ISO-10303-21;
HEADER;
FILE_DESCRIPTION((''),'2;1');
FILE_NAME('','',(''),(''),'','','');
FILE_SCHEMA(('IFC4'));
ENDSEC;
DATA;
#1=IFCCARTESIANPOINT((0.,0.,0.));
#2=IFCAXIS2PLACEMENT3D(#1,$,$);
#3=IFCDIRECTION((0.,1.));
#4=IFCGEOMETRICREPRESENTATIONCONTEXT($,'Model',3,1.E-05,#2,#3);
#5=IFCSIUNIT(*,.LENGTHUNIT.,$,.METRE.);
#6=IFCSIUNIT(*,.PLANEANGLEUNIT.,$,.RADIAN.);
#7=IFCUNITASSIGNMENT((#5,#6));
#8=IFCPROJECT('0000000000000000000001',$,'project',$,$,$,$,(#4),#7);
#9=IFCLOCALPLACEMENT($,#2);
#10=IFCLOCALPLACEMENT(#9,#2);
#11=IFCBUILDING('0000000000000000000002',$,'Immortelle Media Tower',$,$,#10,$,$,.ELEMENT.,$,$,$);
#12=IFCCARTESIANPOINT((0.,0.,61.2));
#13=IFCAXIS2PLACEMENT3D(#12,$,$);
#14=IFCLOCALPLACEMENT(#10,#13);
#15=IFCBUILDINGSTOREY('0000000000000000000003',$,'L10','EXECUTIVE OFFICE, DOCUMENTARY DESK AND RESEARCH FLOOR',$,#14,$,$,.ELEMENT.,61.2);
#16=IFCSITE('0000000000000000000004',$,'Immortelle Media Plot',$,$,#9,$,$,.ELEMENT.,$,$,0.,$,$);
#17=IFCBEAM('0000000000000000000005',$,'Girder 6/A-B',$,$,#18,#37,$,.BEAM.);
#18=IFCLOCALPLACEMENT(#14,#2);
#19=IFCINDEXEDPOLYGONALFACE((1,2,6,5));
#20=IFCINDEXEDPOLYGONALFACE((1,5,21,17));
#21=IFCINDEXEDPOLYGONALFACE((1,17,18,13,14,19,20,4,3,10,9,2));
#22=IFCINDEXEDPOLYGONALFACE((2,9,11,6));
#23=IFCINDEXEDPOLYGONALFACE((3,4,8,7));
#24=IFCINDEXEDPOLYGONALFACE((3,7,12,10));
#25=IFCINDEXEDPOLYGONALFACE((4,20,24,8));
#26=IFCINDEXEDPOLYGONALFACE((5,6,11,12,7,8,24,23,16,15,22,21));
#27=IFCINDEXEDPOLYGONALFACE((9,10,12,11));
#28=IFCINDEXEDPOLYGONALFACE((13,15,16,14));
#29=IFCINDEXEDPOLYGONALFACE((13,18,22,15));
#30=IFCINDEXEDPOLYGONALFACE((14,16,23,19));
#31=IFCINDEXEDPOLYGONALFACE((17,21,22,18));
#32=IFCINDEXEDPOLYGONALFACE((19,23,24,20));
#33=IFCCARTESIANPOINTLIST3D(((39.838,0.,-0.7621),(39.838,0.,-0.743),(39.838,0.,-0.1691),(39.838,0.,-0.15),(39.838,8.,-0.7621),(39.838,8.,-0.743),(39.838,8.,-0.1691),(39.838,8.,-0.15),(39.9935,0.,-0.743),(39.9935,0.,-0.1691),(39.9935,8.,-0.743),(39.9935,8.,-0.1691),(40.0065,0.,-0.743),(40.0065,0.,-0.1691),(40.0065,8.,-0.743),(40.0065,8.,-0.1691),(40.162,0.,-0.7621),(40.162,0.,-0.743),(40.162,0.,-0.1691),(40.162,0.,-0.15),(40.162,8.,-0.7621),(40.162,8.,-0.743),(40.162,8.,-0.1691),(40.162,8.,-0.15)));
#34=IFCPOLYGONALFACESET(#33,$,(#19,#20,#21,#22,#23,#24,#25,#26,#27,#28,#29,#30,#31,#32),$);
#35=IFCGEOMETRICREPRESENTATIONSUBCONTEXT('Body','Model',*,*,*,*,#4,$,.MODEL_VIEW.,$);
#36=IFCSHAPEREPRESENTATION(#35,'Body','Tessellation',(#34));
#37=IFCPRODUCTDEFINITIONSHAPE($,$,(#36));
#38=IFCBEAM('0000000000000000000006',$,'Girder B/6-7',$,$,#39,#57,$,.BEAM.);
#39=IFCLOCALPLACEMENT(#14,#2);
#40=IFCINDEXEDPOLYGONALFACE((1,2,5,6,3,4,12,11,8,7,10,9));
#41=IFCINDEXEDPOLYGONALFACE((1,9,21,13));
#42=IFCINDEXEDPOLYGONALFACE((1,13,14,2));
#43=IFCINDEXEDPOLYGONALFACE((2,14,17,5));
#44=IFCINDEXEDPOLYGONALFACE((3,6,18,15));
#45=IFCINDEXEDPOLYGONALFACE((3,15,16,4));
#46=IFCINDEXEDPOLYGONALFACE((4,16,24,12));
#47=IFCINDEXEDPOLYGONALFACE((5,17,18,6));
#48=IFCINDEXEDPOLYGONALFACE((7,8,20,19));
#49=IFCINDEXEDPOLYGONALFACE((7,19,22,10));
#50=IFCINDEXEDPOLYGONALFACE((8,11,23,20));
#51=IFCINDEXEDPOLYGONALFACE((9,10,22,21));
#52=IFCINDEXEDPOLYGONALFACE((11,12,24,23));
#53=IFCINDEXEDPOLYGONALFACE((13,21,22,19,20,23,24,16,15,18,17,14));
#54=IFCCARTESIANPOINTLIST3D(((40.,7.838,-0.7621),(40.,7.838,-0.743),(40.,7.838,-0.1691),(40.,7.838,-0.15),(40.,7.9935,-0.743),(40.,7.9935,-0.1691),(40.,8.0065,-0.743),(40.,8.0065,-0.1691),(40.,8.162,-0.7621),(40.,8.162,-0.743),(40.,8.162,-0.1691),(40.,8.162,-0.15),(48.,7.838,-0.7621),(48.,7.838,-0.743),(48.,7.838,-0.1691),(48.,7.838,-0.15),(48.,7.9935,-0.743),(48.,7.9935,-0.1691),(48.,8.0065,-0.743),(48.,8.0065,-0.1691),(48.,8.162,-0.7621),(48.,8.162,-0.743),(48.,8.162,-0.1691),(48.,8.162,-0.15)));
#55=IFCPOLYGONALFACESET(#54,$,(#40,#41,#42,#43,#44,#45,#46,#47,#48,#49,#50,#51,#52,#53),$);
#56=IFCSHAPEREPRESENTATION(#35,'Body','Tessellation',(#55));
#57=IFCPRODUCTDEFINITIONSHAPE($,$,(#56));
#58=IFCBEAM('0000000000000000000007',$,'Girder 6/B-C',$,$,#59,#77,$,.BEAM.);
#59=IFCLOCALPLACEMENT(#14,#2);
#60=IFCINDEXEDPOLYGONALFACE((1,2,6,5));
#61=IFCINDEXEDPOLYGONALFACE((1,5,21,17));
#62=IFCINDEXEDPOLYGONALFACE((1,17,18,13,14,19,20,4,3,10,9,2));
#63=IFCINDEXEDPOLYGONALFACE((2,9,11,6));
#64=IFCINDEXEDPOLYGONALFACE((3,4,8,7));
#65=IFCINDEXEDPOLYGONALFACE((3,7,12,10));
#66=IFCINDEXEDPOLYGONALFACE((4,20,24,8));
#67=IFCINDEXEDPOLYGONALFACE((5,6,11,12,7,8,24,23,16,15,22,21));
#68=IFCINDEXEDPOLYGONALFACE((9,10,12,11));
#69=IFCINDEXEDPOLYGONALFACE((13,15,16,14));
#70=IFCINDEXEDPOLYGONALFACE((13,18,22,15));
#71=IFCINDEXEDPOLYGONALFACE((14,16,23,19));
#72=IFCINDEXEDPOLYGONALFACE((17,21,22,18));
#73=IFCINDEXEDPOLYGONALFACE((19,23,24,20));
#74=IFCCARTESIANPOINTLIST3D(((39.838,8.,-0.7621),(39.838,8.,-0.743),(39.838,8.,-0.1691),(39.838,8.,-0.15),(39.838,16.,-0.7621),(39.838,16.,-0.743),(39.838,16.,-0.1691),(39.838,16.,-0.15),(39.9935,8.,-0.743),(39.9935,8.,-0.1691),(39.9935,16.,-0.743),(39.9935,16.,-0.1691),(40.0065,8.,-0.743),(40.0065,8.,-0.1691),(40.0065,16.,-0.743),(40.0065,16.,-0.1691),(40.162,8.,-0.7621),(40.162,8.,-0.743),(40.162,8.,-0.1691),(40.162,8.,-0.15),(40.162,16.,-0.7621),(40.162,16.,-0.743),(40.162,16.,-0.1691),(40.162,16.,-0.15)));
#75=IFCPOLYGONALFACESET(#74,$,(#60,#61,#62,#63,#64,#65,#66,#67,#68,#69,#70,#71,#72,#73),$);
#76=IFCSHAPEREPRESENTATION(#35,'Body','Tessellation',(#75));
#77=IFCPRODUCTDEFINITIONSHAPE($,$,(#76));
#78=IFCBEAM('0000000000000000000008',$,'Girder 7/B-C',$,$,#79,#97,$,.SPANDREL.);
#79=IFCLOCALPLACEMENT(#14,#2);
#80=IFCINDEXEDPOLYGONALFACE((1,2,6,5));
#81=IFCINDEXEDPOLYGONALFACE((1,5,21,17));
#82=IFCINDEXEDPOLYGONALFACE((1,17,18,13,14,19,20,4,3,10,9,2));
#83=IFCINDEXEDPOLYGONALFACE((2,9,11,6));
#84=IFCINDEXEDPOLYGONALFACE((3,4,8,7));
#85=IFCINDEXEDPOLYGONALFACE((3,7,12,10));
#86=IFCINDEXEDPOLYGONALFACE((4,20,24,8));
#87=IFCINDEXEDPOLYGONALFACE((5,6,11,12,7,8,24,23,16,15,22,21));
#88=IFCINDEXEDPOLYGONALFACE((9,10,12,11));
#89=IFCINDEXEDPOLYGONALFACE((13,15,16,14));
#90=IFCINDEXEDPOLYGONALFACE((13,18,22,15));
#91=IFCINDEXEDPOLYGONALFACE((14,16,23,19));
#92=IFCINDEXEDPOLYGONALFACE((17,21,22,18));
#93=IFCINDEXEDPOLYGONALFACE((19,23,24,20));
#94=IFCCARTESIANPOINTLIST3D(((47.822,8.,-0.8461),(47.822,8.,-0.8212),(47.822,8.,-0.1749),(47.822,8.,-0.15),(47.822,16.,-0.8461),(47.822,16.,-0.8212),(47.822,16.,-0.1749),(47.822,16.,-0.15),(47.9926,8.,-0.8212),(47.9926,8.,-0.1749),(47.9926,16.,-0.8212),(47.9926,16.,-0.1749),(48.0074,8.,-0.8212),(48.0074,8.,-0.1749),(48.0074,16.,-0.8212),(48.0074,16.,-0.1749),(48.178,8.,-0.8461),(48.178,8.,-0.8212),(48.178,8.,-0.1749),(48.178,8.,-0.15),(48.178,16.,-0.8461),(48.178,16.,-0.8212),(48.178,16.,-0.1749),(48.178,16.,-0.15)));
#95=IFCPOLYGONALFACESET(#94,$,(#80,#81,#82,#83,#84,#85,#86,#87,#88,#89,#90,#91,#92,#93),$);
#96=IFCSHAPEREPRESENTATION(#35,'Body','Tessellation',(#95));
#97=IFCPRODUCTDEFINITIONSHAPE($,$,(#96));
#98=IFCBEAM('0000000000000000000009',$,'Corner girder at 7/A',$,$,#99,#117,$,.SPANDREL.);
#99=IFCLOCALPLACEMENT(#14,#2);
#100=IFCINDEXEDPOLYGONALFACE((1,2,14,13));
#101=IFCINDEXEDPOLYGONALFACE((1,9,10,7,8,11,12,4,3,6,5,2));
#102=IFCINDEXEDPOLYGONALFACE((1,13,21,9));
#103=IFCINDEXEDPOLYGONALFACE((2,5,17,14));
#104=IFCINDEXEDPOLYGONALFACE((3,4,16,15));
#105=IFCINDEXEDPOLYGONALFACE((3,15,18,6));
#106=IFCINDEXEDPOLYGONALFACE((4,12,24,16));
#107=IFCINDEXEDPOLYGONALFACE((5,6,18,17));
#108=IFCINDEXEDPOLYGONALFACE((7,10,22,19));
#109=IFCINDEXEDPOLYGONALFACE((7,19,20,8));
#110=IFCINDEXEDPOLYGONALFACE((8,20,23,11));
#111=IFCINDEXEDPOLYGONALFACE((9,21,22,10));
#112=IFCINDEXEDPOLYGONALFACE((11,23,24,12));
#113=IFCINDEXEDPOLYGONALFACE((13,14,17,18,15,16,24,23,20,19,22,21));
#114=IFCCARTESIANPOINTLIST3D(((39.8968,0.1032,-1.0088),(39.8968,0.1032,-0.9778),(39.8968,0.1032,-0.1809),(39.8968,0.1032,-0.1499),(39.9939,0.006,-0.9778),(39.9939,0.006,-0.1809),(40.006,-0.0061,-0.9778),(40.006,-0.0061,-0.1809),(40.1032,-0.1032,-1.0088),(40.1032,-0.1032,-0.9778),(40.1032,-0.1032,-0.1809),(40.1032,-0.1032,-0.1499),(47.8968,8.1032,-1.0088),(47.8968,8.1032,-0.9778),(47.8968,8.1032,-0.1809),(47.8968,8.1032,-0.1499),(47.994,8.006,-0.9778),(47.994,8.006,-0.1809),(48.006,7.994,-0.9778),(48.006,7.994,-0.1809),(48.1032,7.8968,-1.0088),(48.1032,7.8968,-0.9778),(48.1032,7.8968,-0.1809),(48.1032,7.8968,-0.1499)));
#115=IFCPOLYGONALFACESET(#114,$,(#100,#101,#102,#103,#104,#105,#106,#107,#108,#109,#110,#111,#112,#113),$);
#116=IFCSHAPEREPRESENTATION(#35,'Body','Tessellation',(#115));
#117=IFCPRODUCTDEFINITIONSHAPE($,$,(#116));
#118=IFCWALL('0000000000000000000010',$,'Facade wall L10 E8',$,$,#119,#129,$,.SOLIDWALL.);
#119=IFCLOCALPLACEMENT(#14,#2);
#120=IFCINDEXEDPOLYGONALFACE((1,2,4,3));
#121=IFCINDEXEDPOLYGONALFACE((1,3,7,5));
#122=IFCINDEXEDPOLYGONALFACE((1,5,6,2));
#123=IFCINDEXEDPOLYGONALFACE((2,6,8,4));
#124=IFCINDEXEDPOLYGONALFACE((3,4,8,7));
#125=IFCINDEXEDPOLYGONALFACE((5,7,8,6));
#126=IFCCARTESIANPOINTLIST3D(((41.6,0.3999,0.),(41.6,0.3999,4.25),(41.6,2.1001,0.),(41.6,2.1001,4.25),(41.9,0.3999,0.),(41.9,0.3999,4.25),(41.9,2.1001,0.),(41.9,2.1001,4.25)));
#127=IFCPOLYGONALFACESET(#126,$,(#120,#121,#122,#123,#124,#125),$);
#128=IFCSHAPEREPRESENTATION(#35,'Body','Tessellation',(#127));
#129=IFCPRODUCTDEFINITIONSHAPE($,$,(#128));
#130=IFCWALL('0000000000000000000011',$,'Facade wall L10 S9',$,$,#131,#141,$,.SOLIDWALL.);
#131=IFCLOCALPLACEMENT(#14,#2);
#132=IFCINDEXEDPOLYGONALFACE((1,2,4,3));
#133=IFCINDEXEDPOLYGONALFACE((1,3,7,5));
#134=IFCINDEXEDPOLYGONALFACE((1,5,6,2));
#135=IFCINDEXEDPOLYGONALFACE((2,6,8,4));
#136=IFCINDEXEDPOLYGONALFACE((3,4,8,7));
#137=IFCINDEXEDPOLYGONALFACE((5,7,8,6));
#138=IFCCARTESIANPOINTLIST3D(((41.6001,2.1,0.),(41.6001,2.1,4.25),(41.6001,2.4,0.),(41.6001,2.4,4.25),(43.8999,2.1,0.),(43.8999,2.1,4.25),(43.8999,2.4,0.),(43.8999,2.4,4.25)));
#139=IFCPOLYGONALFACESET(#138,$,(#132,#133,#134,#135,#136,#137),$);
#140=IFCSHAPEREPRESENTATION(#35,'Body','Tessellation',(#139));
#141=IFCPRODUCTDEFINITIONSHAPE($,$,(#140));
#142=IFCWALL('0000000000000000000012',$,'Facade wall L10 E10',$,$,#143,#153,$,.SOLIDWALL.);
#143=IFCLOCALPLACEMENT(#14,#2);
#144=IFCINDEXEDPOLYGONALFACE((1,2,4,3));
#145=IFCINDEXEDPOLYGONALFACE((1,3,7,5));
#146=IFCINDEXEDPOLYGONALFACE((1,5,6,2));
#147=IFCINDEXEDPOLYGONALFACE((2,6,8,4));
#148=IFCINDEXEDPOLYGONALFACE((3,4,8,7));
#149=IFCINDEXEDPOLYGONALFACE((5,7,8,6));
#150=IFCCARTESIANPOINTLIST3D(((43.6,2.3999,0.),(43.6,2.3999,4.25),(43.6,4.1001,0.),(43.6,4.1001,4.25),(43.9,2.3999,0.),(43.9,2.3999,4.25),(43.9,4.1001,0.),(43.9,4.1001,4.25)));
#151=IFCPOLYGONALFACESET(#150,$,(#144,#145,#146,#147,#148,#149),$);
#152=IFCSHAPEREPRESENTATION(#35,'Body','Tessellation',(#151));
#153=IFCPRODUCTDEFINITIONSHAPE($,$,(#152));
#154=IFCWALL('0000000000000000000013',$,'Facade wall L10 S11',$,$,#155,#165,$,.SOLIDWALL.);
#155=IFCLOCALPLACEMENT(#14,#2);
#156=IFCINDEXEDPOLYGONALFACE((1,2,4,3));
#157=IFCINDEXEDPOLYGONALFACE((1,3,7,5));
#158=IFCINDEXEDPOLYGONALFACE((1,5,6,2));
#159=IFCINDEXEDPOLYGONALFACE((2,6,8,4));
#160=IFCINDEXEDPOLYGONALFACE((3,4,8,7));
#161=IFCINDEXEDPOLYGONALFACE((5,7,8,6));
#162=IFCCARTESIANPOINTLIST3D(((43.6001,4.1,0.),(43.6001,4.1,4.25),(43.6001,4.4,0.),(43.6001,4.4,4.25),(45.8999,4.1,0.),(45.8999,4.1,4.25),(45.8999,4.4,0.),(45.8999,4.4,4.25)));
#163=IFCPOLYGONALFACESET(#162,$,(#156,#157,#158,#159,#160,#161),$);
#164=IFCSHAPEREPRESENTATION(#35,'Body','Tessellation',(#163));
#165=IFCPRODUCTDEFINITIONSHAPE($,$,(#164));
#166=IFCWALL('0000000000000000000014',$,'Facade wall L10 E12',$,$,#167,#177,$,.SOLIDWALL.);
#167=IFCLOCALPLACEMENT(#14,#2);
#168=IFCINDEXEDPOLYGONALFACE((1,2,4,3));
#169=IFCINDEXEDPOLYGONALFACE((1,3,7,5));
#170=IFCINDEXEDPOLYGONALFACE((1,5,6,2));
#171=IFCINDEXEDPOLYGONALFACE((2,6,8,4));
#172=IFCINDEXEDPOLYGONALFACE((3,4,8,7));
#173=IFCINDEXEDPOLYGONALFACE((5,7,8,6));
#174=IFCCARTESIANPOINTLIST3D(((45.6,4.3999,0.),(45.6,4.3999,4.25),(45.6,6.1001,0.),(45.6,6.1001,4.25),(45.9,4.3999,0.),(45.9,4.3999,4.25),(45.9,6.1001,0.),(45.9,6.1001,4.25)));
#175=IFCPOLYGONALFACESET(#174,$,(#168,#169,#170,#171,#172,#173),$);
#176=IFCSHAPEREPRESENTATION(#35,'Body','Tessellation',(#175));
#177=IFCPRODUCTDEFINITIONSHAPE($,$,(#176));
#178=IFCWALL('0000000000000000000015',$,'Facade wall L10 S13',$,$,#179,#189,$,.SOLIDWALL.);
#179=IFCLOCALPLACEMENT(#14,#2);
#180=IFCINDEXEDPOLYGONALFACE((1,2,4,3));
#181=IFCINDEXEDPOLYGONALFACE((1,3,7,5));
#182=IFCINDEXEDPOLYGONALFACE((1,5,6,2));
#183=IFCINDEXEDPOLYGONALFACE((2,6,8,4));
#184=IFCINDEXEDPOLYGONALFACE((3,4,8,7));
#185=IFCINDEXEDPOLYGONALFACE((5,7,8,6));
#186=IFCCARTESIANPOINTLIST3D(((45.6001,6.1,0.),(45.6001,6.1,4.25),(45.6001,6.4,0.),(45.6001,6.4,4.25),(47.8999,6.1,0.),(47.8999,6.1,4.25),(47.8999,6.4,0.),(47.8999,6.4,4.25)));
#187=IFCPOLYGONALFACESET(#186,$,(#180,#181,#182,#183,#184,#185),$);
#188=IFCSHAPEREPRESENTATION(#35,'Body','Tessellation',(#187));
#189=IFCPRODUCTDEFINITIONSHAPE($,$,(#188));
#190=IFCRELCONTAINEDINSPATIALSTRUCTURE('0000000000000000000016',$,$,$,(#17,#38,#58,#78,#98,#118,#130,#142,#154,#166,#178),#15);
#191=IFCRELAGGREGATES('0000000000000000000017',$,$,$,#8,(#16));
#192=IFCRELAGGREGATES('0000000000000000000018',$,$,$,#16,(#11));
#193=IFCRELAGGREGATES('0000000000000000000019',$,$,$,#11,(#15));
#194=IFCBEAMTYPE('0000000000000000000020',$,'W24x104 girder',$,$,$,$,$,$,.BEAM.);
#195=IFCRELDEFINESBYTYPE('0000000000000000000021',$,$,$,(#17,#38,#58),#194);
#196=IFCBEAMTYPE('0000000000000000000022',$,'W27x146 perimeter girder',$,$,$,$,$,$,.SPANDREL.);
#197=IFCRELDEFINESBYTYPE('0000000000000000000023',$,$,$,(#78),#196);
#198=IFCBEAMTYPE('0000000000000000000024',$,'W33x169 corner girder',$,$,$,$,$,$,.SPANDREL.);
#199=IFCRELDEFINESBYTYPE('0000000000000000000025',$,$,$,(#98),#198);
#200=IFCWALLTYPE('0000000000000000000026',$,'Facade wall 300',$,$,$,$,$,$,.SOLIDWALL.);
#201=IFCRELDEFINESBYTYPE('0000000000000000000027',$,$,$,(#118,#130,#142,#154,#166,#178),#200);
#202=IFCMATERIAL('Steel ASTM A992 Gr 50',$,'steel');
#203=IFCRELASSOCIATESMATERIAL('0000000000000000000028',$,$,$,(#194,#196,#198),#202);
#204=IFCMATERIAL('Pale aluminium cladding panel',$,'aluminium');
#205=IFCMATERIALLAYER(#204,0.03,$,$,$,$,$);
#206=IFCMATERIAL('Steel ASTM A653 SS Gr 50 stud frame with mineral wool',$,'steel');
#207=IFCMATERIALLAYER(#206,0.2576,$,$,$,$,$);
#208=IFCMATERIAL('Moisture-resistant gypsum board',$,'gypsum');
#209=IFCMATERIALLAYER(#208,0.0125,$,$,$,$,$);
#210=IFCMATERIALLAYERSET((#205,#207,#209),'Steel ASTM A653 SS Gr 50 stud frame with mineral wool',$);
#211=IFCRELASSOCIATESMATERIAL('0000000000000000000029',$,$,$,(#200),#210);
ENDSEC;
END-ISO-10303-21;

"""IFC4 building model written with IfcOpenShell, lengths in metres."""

from ifc_helpers import new_model, si_unit, direction, frame, frame_2d, origin, origin_2d, place, context, subcontext, project, spatial, rectangle, i_section, extrude, material, layer, layer_set, material_profile, profile_set, type_object, element, save


model = new_model("IFC4")

# Units and contexts
model_context = context("Model", 3, precision=1e-05, world=origin(), true_north=direction((0.0, 1.0)))
body_context = subcontext(model_context, "Body", "Model", "MODEL_VIEW")
ifc_project = project(units=[si_unit("LENGTHUNIT", "METRE"), si_unit("PLANEANGLEUNIT", "RADIAN")], contexts=[model_context])

# Site, building, storey
site_placement = place(None, origin())
site = spatial("IfcSite", under=ifc_project, at=site_placement, Name="Immortelle Media Plot", CompositionType="ELEMENT", RefElevation=0.0)
building_placement = place(site_placement, origin())
building = spatial("IfcBuilding", under=site, at=building_placement, Name="Immortelle Media Tower", CompositionType="ELEMENT")
storey_placement = place(building_placement, frame((0.0, 0.0, 61.2)))
storey = spatial("IfcBuildingStorey", under=building, at=storey_placement, Name="L10", Description="EXECUTIVE OFFICE, DOCUMENTARY DESK AND RESEARCH FLOOR", CompositionType="ELEMENT", Elevation=61.2)

# Shared definitions
ifc_material_1 = material(Name="Steel ASTM A992 Gr 50", Category="steel")

# Beams
ifc_material_profile_1 = material_profile(ifc_material_1, i_section(OverallWidth=0.324, OverallDepth=0.6121, WebThickness=0.0129, FlangeThickness=0.019, at=origin_2d()), Name="W24x104")
ifc_profile_set_1 = profile_set([ifc_material_profile_1], Name="Steel ASTM A992 Gr 50")
beam_type_1 = type_object("IfcBeamType", Name="W24x104 girder", PredefinedType="BEAM", material=ifc_profile_set_1)
for number, where, z_axis, x_axis, name in (
    (1, (40.0, 0.0, -0.4561), (0.0, 1.0, 0.0), (-1.0, 0.0, 0.0), "Girder 6/A-B"),
    (2, (40.0, 8.0, -0.4561), (1.0, 0.0, 0.0), (0.0, 1.0, 0.0), "Girder B/6-7"),
    (3, (40.0, 8.0, -0.4561), (0.0, 1.0, 0.0), (-1.0, 0.0, 0.0), "Girder 6/B-C"),
):
    element("IfcBeam", number, at=place(storey_placement, frame(where, z_axis=z_axis, x_axis=x_axis)), inside=storey, type_object=beam_type_1, Name=name, PredefinedType="BEAM", context=body_context, shape_type="SweptSolid", body=[
        extrude(i_section(OverallWidth=0.324, OverallDepth=0.6121, WebThickness=0.0129, FlangeThickness=0.019, at=origin_2d()), origin(), (0.0, 0.0, 1.0), 8.0),
    ])
ifc_material_profile_2 = material_profile(ifc_material_1, i_section(OverallWidth=0.356, OverallDepth=0.696, WebThickness=0.0149, FlangeThickness=0.0249, at=origin_2d()), Name="W27x146")
ifc_profile_set_2 = profile_set([ifc_material_profile_2], Name="Steel ASTM A992 Gr 50")
beam_type_2 = type_object("IfcBeamType", Name="W27x146 perimeter girder", PredefinedType="SPANDREL", material=ifc_profile_set_2)
beam_1_placement = place(storey_placement, frame((48.0, 8.0, -0.498), z_axis=(0.0, 1.0, 0.0), x_axis=(-1.0, 0.0, 0.0)))
element("IfcBeam", 4, at=beam_1_placement, inside=storey, type_object=beam_type_2, Name="Girder 7/B-C", PredefinedType="SPANDREL", context=body_context, shape_type="SweptSolid", body=[
    extrude(i_section(OverallWidth=0.356, OverallDepth=0.696, WebThickness=0.0149, FlangeThickness=0.0249, at=origin_2d()), origin(), (0.0, 0.0, 1.0), 8.0),
])
ifc_material_profile_3 = material_profile(ifc_material_1, i_section(OverallWidth=0.292, OverallDepth=0.8589, WebThickness=0.0171, FlangeThickness=0.031, at=origin_2d()), Name="W33x169")
ifc_profile_set_3 = profile_set([ifc_material_profile_3], Name="Steel ASTM A992 Gr 50")
beam_type_3 = type_object("IfcBeamType", Name="W33x169 corner girder", PredefinedType="SPANDREL", material=ifc_profile_set_3)
beam_2_placement = place(storey_placement, frame((48.0, 8.0, -0.5793), z_axis=(-0.707107, -0.707107, 0.0), x_axis=(0.707107, -0.707107, 0.0)))
element("IfcBeam", 5, at=beam_2_placement, inside=storey, type_object=beam_type_3, Name="Corner girder at 7/A", PredefinedType="SPANDREL", context=body_context, shape_type="SweptSolid", body=[
    extrude(i_section(OverallWidth=0.292, OverallDepth=0.8589, WebThickness=0.0171, FlangeThickness=0.031, at=origin_2d()), origin(), (0.0, 0.0, 1.0), 11.3137),
])

# Walls
ifc_material_2 = material(Name="Pale aluminium cladding panel", Category="aluminium")
ifc_layer_1 = layer(ifc_material_2, 0.03)
ifc_material_3 = material(Name="Steel ASTM A653 SS Gr 50 stud frame with mineral wool", Category="steel")
ifc_layer_2 = layer(ifc_material_3, 0.2576)
ifc_material_4 = material(Name="Moisture-resistant gypsum board", Category="gypsum")
ifc_layer_3 = layer(ifc_material_4, 0.0125)
ifc_layer_set_1 = layer_set([ifc_layer_1, ifc_layer_2, ifc_layer_3], Name="Steel ASTM A653 SS Gr 50 stud frame with mineral wool")
wall_type_1 = type_object("IfcWallType", Name="Facade wall 300", PredefinedType="SOLIDWALL", material=ifc_layer_set_1)
wall_1_placement = place(storey_placement, frame((41.75, 0.3999, 0.0), z_axis=(0.0, 0.0, 1.0), x_axis=(0.0, 1.0, 0.0)))
element("IfcWall", 6, at=wall_1_placement, inside=storey, type_object=wall_type_1, Name="Facade wall L10 E8", PredefinedType="SOLIDWALL", context=body_context, shape_type="SweptSolid", body=[
    extrude(rectangle(XDim=1.7002, YDim=0.3, at=frame_2d((0.8501, 0.0))), origin(), (0.0, 0.0, 1.0), 4.25),
])
wall_2_placement = place(storey_placement, frame((41.6001, 2.25, 0.0), z_axis=(0.0, 0.0, 1.0), x_axis=(1.0, 0.0, 0.0)))
element("IfcWall", 7, at=wall_2_placement, inside=storey, type_object=wall_type_1, Name="Facade wall L10 S9", PredefinedType="SOLIDWALL", context=body_context, shape_type="SweptSolid", body=[
    extrude(rectangle(XDim=2.2998, YDim=0.3, at=frame_2d((1.1499, 0.0))), origin(), (0.0, 0.0, 1.0), 4.25),
])
wall_3_placement = place(storey_placement, frame((43.75, 2.3999, 0.0), z_axis=(0.0, 0.0, 1.0), x_axis=(0.0, 1.0, 0.0)))
element("IfcWall", 8, at=wall_3_placement, inside=storey, type_object=wall_type_1, Name="Facade wall L10 E10", PredefinedType="SOLIDWALL", context=body_context, shape_type="SweptSolid", body=[
    extrude(rectangle(XDim=1.7002, YDim=0.3, at=frame_2d((0.8501, 0.0))), origin(), (0.0, 0.0, 1.0), 4.25),
])
wall_4_placement = place(storey_placement, frame((43.6001, 4.25, 0.0), z_axis=(0.0, 0.0, 1.0), x_axis=(1.0, 0.0, 0.0)))
element("IfcWall", 9, at=wall_4_placement, inside=storey, type_object=wall_type_1, Name="Facade wall L10 S11", PredefinedType="SOLIDWALL", context=body_context, shape_type="SweptSolid", body=[
    extrude(rectangle(XDim=2.2998, YDim=0.3, at=frame_2d((1.1499, 0.0))), origin(), (0.0, 0.0, 1.0), 4.25),
])
wall_5_placement = place(storey_placement, frame((45.75, 4.3999, 0.0), z_axis=(0.0, 0.0, 1.0), x_axis=(0.0, 1.0, 0.0)))
element("IfcWall", 10, at=wall_5_placement, inside=storey, type_object=wall_type_1, Name="Facade wall L10 E12", PredefinedType="SOLIDWALL", context=body_context, shape_type="SweptSolid", body=[
    extrude(rectangle(XDim=1.7002, YDim=0.3, at=frame_2d((0.8501, 0.0))), origin(), (0.0, 0.0, 1.0), 4.25),
])
wall_6_placement = place(storey_placement, frame((45.6001, 6.25, 0.0), z_axis=(0.0, 0.0, 1.0), x_axis=(1.0, 0.0, 0.0)))
element("IfcWall", 11, at=wall_6_placement, inside=storey, type_object=wall_type_1, Name="Facade wall L10 S13", PredefinedType="SOLIDWALL", context=body_context, shape_type="SweptSolid", body=[
    extrude(rectangle(XDim=2.2998, YDim=0.3, at=frame_2d((1.1499, 0.0))), origin(), (0.0, 0.0, 1.0), 4.25),
])

save(model, "model.ifc")
